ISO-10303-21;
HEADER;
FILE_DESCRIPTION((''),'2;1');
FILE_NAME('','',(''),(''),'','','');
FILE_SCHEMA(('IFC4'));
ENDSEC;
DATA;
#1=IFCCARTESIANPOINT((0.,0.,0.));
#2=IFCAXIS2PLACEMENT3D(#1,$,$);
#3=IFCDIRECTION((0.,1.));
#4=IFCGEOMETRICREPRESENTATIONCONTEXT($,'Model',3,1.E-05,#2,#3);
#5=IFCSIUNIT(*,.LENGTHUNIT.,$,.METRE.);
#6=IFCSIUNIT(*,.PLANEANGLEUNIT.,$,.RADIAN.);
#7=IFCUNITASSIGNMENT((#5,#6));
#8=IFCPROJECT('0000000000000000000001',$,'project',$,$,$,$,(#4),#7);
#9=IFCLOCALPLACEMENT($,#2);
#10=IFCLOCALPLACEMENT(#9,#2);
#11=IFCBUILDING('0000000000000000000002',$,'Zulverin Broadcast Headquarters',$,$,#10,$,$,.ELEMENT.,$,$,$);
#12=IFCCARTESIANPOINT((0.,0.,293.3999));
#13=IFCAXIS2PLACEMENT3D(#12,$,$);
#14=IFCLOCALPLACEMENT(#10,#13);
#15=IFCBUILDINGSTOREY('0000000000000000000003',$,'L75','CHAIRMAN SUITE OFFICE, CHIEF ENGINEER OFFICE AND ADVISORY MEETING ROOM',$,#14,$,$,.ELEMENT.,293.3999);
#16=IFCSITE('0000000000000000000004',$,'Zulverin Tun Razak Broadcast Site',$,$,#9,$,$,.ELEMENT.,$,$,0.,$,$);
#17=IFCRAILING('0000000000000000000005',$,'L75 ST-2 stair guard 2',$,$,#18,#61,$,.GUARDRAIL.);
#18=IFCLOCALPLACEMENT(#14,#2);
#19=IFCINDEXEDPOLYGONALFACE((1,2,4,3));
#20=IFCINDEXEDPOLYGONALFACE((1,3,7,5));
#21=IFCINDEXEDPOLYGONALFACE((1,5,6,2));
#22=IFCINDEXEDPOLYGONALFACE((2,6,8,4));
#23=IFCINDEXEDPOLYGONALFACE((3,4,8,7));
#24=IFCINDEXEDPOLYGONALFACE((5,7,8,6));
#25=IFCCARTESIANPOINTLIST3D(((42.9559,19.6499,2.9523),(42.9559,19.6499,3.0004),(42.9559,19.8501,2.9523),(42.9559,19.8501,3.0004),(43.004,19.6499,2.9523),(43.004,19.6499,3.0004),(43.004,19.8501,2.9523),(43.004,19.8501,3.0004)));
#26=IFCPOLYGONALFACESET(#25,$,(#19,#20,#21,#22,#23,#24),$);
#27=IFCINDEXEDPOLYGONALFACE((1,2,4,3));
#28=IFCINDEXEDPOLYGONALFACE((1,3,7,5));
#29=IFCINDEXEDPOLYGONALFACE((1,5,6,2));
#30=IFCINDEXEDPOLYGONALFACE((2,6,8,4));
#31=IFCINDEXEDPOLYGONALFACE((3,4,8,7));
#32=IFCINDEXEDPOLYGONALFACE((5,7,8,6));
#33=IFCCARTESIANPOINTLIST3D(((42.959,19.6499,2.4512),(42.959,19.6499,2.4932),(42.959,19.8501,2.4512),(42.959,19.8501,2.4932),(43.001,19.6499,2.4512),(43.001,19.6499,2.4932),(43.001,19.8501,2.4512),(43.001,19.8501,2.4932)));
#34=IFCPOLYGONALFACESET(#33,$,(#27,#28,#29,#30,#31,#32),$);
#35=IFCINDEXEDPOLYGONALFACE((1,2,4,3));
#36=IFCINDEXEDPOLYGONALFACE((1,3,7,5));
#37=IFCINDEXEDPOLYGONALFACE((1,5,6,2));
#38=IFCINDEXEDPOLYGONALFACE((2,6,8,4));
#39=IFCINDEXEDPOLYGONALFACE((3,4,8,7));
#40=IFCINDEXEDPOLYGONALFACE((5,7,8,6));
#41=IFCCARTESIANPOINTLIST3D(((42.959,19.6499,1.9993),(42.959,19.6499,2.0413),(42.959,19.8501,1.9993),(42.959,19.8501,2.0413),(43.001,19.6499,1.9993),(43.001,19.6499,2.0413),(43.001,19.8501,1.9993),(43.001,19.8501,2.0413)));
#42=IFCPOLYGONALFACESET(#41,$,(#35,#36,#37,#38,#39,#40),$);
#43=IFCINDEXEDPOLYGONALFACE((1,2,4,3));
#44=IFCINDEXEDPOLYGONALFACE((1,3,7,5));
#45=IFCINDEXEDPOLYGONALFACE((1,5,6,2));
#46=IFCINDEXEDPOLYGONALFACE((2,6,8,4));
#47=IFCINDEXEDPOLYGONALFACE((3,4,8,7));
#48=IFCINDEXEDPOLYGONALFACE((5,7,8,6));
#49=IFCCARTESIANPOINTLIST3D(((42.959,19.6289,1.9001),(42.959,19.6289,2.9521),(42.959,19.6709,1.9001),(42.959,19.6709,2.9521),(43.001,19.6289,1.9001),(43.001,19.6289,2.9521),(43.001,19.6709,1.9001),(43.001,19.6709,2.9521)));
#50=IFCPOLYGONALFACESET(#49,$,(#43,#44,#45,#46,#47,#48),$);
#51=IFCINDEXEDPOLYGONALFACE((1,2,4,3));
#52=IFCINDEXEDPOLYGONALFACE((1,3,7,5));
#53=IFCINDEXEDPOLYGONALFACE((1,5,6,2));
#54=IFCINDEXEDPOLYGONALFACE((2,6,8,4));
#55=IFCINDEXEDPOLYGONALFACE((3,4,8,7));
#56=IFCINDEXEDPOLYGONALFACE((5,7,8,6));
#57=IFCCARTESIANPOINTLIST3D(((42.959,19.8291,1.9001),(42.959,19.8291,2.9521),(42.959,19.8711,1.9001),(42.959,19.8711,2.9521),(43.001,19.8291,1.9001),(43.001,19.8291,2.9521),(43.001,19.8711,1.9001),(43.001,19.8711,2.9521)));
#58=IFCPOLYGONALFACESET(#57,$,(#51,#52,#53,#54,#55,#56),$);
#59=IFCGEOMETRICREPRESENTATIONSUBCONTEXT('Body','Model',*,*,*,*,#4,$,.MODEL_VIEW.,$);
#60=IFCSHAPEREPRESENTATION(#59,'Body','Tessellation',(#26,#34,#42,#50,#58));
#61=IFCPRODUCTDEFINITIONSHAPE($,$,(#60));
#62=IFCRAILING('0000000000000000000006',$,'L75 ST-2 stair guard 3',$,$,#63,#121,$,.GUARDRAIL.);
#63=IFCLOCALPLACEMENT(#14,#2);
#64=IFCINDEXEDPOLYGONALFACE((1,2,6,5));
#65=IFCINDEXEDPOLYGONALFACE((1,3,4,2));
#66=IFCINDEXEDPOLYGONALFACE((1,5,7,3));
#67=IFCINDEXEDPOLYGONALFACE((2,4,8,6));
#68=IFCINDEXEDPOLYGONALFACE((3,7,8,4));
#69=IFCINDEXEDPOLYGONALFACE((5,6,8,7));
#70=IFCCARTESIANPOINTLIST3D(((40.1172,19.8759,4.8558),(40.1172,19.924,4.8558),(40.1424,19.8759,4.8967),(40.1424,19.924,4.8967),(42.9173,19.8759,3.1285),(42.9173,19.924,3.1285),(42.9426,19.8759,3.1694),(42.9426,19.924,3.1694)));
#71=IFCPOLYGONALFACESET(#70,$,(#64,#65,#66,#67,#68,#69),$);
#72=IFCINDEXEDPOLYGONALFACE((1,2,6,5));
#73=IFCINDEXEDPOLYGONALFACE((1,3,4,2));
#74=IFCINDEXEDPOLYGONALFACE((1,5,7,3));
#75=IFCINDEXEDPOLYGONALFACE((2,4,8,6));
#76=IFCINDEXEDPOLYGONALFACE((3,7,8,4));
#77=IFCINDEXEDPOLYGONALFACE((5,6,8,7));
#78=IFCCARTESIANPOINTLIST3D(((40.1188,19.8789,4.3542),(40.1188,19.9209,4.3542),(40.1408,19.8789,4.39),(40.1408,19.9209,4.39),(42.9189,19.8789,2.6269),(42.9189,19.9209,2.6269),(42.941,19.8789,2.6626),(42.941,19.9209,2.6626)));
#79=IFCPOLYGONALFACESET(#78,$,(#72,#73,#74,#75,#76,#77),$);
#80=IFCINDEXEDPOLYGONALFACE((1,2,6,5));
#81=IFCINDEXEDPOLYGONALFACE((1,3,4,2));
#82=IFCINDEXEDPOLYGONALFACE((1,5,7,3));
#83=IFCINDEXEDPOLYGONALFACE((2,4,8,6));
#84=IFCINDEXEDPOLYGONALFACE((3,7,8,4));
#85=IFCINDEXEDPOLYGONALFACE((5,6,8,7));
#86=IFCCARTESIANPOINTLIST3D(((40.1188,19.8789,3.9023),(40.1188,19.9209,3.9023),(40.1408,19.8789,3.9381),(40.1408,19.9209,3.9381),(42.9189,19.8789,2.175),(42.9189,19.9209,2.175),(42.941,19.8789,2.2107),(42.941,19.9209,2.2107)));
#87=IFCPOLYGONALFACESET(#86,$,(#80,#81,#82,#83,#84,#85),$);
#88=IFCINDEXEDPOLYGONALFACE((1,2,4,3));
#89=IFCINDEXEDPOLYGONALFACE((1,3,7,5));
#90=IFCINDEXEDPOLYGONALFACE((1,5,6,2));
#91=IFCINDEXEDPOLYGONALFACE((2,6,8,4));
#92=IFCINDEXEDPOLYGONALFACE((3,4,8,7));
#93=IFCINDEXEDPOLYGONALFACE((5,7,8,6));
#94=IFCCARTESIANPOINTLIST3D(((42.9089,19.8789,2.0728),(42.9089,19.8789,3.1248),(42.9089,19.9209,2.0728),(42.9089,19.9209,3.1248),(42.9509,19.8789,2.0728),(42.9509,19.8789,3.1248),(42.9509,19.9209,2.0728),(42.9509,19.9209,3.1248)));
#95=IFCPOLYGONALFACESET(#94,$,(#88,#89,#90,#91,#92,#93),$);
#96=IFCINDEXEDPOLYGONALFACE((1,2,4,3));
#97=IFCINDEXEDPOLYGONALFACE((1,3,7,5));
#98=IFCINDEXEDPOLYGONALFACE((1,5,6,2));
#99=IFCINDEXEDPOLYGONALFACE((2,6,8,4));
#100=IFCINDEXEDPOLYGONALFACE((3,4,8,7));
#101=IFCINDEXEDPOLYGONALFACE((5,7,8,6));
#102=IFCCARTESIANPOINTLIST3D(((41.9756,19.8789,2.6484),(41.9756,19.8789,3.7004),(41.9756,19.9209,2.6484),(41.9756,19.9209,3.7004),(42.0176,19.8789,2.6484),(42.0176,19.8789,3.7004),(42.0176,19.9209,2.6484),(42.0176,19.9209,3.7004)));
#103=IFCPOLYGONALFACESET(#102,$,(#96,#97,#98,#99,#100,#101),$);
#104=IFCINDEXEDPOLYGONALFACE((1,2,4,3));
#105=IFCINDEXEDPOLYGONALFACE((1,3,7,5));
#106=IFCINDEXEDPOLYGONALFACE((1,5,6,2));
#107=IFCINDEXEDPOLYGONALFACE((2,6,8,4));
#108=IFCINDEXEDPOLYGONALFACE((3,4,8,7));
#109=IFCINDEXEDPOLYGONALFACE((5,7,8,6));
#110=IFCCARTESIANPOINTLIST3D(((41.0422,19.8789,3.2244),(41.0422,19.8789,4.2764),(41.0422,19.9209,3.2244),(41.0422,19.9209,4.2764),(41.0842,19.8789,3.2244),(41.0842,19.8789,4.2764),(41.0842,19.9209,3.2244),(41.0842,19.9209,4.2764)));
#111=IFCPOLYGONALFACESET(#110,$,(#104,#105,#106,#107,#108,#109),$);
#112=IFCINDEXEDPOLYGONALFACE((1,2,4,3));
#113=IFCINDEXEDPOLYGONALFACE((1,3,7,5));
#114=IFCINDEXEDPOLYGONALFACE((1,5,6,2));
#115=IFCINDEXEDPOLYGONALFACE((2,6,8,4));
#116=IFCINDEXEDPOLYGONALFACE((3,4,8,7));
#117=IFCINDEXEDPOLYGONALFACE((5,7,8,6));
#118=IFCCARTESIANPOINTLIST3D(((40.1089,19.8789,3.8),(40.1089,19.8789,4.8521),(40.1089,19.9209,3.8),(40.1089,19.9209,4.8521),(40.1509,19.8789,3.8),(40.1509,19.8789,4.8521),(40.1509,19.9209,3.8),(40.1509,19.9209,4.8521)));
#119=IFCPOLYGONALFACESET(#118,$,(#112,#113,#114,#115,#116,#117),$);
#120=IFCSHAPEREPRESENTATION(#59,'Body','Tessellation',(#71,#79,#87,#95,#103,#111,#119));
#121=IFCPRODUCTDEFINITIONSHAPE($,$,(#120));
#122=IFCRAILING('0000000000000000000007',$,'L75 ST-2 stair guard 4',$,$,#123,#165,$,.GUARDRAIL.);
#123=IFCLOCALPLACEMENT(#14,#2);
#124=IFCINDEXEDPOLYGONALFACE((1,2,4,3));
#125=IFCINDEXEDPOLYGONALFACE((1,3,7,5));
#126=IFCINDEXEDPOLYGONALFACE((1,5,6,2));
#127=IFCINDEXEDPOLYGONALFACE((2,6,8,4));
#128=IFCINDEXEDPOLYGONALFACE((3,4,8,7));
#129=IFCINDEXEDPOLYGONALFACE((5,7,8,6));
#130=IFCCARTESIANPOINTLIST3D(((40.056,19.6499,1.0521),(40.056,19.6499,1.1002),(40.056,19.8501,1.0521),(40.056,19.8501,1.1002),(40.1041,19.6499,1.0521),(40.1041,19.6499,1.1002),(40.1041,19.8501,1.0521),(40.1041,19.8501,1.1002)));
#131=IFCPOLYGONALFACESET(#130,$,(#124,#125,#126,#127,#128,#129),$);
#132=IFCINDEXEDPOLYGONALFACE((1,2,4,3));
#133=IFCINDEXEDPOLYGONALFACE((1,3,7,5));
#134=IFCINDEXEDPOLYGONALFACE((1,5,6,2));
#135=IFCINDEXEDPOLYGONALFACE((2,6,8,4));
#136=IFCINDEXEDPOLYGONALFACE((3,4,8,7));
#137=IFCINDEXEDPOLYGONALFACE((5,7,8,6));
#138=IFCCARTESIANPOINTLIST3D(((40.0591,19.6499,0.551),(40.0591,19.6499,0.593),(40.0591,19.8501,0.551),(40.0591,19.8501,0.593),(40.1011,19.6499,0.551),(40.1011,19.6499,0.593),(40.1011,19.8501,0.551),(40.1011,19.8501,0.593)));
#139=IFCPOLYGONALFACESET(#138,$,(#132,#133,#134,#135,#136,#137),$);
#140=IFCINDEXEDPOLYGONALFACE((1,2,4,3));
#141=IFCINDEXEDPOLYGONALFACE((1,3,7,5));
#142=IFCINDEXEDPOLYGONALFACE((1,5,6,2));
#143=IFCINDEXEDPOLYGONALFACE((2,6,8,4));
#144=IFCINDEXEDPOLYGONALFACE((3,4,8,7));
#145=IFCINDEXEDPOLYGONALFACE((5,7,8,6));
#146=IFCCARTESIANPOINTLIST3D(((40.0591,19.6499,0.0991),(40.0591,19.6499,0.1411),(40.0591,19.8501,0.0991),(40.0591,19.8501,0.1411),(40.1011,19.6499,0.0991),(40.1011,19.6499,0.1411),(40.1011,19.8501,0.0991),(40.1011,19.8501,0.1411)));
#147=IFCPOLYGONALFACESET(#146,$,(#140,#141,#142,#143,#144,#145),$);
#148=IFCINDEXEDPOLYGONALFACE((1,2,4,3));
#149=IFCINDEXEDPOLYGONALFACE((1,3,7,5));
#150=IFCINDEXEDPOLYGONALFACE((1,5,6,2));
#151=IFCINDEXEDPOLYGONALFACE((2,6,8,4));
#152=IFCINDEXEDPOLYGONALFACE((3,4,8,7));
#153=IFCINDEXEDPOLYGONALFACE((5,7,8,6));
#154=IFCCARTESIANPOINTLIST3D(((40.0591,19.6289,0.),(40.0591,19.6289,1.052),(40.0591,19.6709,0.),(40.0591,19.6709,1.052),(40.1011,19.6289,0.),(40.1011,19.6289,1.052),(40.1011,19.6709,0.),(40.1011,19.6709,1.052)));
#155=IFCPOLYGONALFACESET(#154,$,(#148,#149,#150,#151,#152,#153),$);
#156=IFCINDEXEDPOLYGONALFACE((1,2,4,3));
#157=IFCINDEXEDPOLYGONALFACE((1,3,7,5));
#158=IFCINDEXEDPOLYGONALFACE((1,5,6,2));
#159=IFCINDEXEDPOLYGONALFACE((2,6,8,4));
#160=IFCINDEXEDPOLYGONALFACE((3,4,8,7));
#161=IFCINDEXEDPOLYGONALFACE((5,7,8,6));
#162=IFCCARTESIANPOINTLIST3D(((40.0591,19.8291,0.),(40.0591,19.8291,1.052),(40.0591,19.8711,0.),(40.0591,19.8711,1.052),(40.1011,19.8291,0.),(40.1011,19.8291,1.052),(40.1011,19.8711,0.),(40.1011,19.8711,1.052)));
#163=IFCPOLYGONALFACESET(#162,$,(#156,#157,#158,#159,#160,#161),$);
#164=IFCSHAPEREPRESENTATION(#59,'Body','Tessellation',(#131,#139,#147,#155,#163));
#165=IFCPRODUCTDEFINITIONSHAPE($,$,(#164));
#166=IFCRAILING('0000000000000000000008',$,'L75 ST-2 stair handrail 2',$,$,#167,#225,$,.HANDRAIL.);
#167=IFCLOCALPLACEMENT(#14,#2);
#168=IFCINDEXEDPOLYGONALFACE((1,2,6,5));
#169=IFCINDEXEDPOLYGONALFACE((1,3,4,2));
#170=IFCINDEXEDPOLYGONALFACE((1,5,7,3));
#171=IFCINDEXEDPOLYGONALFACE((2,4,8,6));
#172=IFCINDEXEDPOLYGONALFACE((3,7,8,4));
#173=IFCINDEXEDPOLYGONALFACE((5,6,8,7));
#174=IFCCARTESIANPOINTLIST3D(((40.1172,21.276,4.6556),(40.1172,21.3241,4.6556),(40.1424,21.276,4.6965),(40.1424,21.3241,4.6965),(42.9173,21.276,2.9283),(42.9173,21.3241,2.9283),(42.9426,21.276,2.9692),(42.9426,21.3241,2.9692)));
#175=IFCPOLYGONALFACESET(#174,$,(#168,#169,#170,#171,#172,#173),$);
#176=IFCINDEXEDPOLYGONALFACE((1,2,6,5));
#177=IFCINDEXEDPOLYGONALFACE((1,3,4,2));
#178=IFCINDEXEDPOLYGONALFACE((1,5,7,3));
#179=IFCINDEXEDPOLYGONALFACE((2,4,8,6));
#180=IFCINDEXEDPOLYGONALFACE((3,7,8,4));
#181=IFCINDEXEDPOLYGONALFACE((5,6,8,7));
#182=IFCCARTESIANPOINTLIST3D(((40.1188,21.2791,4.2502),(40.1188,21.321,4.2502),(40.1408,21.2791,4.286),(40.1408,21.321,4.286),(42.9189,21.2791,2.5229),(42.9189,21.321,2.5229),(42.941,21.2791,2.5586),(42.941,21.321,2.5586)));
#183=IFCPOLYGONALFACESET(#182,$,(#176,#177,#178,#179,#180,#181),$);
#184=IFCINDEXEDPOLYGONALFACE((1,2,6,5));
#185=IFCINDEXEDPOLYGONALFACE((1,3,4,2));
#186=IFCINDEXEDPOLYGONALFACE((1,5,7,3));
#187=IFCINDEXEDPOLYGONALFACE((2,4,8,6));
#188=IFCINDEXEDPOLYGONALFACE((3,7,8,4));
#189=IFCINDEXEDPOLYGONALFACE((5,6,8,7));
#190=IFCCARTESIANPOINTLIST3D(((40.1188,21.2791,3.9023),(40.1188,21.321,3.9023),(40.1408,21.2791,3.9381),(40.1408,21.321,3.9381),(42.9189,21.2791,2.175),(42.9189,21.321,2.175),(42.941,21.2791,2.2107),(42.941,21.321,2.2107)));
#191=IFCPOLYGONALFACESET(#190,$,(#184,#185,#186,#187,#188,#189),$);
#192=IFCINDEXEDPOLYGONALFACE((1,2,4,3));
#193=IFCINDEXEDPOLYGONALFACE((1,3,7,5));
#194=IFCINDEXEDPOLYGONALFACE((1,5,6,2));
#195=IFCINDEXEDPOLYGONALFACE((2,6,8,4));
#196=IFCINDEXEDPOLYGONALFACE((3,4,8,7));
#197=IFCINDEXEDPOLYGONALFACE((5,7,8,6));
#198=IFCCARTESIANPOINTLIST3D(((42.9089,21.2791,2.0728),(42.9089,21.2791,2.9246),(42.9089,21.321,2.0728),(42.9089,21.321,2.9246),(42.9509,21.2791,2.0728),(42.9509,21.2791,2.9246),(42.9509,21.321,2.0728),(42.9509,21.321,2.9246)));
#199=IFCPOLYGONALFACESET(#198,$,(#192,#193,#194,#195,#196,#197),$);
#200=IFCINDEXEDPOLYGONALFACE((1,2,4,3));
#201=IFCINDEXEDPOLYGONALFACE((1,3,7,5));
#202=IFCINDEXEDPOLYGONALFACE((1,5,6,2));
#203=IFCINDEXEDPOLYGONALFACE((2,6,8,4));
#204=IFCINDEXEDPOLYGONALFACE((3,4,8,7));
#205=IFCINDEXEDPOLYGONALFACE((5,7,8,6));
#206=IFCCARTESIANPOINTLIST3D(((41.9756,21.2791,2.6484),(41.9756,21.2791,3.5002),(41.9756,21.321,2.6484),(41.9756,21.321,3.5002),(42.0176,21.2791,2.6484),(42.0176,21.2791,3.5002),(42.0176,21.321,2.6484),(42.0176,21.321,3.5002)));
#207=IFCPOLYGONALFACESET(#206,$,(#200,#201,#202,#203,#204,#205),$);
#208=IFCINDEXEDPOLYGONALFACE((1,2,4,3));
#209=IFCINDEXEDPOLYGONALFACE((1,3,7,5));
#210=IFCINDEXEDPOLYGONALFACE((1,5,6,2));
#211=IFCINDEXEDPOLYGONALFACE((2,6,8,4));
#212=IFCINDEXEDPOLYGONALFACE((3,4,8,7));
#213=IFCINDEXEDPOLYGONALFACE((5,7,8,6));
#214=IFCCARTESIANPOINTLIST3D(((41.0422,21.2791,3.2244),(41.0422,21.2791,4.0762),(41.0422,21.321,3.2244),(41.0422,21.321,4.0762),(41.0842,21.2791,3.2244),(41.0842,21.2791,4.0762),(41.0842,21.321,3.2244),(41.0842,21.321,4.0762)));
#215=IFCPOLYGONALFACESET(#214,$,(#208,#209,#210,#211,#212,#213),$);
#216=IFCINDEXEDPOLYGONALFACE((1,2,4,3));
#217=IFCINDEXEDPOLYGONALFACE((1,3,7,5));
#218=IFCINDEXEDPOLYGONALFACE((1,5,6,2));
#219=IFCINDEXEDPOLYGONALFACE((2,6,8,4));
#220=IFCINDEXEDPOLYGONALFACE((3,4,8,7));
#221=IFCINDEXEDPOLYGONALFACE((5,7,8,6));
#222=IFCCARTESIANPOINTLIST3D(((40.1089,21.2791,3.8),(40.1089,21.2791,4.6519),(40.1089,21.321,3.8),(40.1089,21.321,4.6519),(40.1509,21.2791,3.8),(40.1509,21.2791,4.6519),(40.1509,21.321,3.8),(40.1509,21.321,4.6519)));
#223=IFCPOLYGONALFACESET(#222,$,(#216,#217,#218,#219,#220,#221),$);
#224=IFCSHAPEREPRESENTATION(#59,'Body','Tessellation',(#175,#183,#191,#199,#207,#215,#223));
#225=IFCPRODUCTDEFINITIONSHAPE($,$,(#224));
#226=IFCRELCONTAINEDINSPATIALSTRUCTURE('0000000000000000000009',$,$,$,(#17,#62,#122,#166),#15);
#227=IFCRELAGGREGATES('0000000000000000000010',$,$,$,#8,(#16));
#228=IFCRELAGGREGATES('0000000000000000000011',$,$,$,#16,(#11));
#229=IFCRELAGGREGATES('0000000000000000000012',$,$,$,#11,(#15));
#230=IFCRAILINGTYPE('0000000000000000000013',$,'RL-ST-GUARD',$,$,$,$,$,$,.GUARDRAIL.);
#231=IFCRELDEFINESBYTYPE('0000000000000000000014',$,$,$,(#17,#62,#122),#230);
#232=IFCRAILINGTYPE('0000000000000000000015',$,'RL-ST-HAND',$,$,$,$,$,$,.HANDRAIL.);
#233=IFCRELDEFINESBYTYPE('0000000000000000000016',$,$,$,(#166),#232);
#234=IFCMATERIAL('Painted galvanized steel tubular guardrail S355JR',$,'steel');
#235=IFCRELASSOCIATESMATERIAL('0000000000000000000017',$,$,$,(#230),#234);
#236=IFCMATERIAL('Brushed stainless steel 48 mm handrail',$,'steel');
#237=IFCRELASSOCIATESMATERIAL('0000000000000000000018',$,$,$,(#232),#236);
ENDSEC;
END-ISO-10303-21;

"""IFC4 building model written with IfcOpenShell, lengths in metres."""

from ifc_helpers import new_model, si_unit, direction, frame, origin, origin_2d, place, context, subcontext, project, spatial, rectangle, extrude, material, type_object, element, save


model = new_model("IFC4")

# Units and contexts
model_context = context("Model", 3, precision=1e-05, world=origin(), true_north=direction((0.0, 1.0)))
body_context = subcontext(model_context, "Body", "Model", "MODEL_VIEW")
ifc_project = project(units=[si_unit("LENGTHUNIT", "METRE"), si_unit("PLANEANGLEUNIT", "RADIAN")], contexts=[model_context])

# Site, building, storey
site_placement = place(None, origin())
site = spatial("IfcSite", under=ifc_project, at=site_placement, Name="Zulverin Tun Razak Broadcast Site", CompositionType="ELEMENT", RefElevation=0.0)
building_placement = place(site_placement, origin())
building = spatial("IfcBuilding", under=site, at=building_placement, Name="Zulverin Broadcast Headquarters", CompositionType="ELEMENT")
storey_placement = place(building_placement, frame((0.0, 0.0, 293.3999)))
storey = spatial("IfcBuildingStorey", under=building, at=storey_placement, Name="L75", Description="CHAIRMAN SUITE OFFICE, CHIEF ENGINEER OFFICE AND ADVISORY MEETING ROOM", CompositionType="ELEMENT", Elevation=293.3999)

# Railings
ifc_material_1 = material(Name="Painted galvanized steel tubular guardrail S355JR", Category="steel")
railing_type_1 = type_object("IfcRailingType", Name="RL-ST-GUARD", PredefinedType="GUARDRAIL", material=ifc_material_1)
railing_1_placement = place(storey_placement, frame((42.98, 19.6499, 1.9001)))
element("IfcRailing", 1, at=railing_1_placement, inside=storey, type_object=railing_type_1, Name="L75 ST-2 stair guard 2", PredefinedType="GUARDRAIL", context=body_context, shape_type="SweptSolid", body=[
    extrude(rectangle(XDim=0.0481, YDim=0.0481, at=origin_2d()), frame((0.0, 0.0, 1.0762), z_axis=(0.0, 1.0, 0.0), x_axis=(-1.0, 0.0, 0.0)), (0.0, 0.0, 1.0), 0.2002),
    extrude(rectangle(XDim=0.042, YDim=0.042, at=origin_2d()), frame((0.0, 0.0, 0.572), z_axis=(0.0, 1.0, 0.0), x_axis=(-1.0, 0.0, 0.0)), (0.0, 0.0, 1.0), 0.2002),
    extrude(rectangle(XDim=0.042, YDim=0.042, at=origin_2d()), frame((0.0, 0.0, 0.1201), z_axis=(0.0, 1.0, 0.0), x_axis=(-1.0, 0.0, 0.0)), (0.0, 0.0, 1.0), 0.2002),
    extrude(rectangle(XDim=0.042, YDim=0.042, at=origin_2d()), origin(), (0.0, 0.0, 1.0), 1.052),
    extrude(rectangle(XDim=0.042, YDim=0.042, at=origin_2d()), frame((0.0, 0.2002, 0.0)), (0.0, 0.0, 1.0), 1.052),
])
railing_2_placement = place(storey_placement, frame((42.9299, 19.8999, 2.0728)))
element("IfcRailing", 2, at=railing_2_placement, inside=storey, type_object=railing_type_1, Name="L75 ST-2 stair guard 3", PredefinedType="GUARDRAIL", context=body_context, shape_type="SweptSolid", body=[
    extrude(rectangle(XDim=0.0481, YDim=0.0481, at=origin_2d()), frame((0.0, 0.0, 1.0762), z_axis=(-0.85109, 0.0, 0.52502), x_axis=(0.0, -1.0, 0.0)), (0.0, 0.0, 1.0), 3.29),
    extrude(rectangle(XDim=0.042, YDim=0.042, at=origin_2d()), frame((0.0, 0.0, 0.572), z_axis=(-0.85109, 0.0, 0.52502), x_axis=(0.0, -1.0, 0.0)), (0.0, 0.0, 1.0), 3.29),
    extrude(rectangle(XDim=0.042, YDim=0.042, at=origin_2d()), frame((0.0, 0.0, 0.1201), z_axis=(-0.85109, 0.0, 0.52502), x_axis=(0.0, -1.0, 0.0)), (0.0, 0.0, 1.0), 3.29),
    extrude(rectangle(XDim=0.042, YDim=0.042, at=origin_2d()), origin(), (0.0, 0.0, 1.0), 1.052),
    extrude(rectangle(XDim=0.042, YDim=0.042, at=origin_2d()), frame((-0.9333, 0.0, 0.5757)), (0.0, 0.0, 1.0), 1.052),
    extrude(rectangle(XDim=0.042, YDim=0.042, at=origin_2d()), frame((-1.8667, 0.0, 1.1516)), (0.0, 0.0, 1.0), 1.052),
    extrude(rectangle(XDim=0.042, YDim=0.042, at=origin_2d()), frame((-2.8, 0.0, 1.7273)), (0.0, 0.0, 1.0), 1.052),
])
railing_3_placement = place(storey_placement, frame((40.0801, 19.6499, 0.0)))
element("IfcRailing", 3, at=railing_3_placement, inside=storey, type_object=railing_type_1, Name="L75 ST-2 stair guard 4", PredefinedType="GUARDRAIL", context=body_context, shape_type="SweptSolid", body=[
    extrude(rectangle(XDim=0.0481, YDim=0.0481, at=origin_2d()), frame((0.0, 0.0, 1.0762), z_axis=(0.0, 1.0, 0.0), x_axis=(-1.0, 0.0, 0.0)), (0.0, 0.0, 1.0), 0.2002),
    extrude(rectangle(XDim=0.042, YDim=0.042, at=origin_2d()), frame((0.0, 0.0, 0.572), z_axis=(0.0, 1.0, 0.0), x_axis=(-1.0, 0.0, 0.0)), (0.0, 0.0, 1.0), 0.2002),
    extrude(rectangle(XDim=0.042, YDim=0.042, at=origin_2d()), frame((0.0, 0.0, 0.1201), z_axis=(0.0, 1.0, 0.0), x_axis=(-1.0, 0.0, 0.0)), (0.0, 0.0, 1.0), 0.2002),
    extrude(rectangle(XDim=0.042, YDim=0.042, at=origin_2d()), origin(), (0.0, 0.0, 1.0), 1.052),
    extrude(rectangle(XDim=0.042, YDim=0.042, at=origin_2d()), frame((0.0, 0.2002, 0.0)), (0.0, 0.0, 1.0), 1.052),
])
ifc_material_2 = material(Name="Brushed stainless steel 48 mm handrail", Category="steel")
railing_type_2 = type_object("IfcRailingType", Name="RL-ST-HAND", PredefinedType="HANDRAIL", material=ifc_material_2)
railing_4_placement = place(storey_placement, frame((42.9299, 21.3, 2.0728)))
element("IfcRailing", 4, at=railing_4_placement, inside=storey, type_object=railing_type_2, Name="L75 ST-2 stair handrail 2", PredefinedType="HANDRAIL", context=body_context, shape_type="SweptSolid", body=[
    extrude(rectangle(XDim=0.0481, YDim=0.0481, at=origin_2d()), frame((0.0, 0.0, 0.876), z_axis=(-0.85109, 0.0, 0.52502), x_axis=(0.0, -1.0, 0.0)), (0.0, 0.0, 1.0), 3.29),
    extrude(rectangle(XDim=0.042, YDim=0.042, at=origin_2d()), frame((0.0, 0.0, 0.468), z_axis=(-0.85109, 0.0, 0.52502), x_axis=(0.0, -1.0, 0.0)), (0.0, 0.0, 1.0), 3.29),
    extrude(rectangle(XDim=0.042, YDim=0.042, at=origin_2d()), frame((0.0, 0.0, 0.1201), z_axis=(-0.85109, 0.0, 0.52502), x_axis=(0.0, -1.0, 0.0)), (0.0, 0.0, 1.0), 3.29),
    extrude(rectangle(XDim=0.042, YDim=0.042, at=origin_2d()), origin(), (0.0, 0.0, 1.0), 0.8518),
    extrude(rectangle(XDim=0.042, YDim=0.042, at=origin_2d()), frame((-0.9333, 0.0, 0.5757)), (0.0, 0.0, 1.0), 0.8518),
    extrude(rectangle(XDim=0.042, YDim=0.042, at=origin_2d()), frame((-1.8667, 0.0, 1.1516)), (0.0, 0.0, 1.0), 0.8518),
    extrude(rectangle(XDim=0.042, YDim=0.042, at=origin_2d()), frame((-2.8, 0.0, 1.7273)), (0.0, 0.0, 1.0), 0.8518),
])

save(model, "model.ifc")
